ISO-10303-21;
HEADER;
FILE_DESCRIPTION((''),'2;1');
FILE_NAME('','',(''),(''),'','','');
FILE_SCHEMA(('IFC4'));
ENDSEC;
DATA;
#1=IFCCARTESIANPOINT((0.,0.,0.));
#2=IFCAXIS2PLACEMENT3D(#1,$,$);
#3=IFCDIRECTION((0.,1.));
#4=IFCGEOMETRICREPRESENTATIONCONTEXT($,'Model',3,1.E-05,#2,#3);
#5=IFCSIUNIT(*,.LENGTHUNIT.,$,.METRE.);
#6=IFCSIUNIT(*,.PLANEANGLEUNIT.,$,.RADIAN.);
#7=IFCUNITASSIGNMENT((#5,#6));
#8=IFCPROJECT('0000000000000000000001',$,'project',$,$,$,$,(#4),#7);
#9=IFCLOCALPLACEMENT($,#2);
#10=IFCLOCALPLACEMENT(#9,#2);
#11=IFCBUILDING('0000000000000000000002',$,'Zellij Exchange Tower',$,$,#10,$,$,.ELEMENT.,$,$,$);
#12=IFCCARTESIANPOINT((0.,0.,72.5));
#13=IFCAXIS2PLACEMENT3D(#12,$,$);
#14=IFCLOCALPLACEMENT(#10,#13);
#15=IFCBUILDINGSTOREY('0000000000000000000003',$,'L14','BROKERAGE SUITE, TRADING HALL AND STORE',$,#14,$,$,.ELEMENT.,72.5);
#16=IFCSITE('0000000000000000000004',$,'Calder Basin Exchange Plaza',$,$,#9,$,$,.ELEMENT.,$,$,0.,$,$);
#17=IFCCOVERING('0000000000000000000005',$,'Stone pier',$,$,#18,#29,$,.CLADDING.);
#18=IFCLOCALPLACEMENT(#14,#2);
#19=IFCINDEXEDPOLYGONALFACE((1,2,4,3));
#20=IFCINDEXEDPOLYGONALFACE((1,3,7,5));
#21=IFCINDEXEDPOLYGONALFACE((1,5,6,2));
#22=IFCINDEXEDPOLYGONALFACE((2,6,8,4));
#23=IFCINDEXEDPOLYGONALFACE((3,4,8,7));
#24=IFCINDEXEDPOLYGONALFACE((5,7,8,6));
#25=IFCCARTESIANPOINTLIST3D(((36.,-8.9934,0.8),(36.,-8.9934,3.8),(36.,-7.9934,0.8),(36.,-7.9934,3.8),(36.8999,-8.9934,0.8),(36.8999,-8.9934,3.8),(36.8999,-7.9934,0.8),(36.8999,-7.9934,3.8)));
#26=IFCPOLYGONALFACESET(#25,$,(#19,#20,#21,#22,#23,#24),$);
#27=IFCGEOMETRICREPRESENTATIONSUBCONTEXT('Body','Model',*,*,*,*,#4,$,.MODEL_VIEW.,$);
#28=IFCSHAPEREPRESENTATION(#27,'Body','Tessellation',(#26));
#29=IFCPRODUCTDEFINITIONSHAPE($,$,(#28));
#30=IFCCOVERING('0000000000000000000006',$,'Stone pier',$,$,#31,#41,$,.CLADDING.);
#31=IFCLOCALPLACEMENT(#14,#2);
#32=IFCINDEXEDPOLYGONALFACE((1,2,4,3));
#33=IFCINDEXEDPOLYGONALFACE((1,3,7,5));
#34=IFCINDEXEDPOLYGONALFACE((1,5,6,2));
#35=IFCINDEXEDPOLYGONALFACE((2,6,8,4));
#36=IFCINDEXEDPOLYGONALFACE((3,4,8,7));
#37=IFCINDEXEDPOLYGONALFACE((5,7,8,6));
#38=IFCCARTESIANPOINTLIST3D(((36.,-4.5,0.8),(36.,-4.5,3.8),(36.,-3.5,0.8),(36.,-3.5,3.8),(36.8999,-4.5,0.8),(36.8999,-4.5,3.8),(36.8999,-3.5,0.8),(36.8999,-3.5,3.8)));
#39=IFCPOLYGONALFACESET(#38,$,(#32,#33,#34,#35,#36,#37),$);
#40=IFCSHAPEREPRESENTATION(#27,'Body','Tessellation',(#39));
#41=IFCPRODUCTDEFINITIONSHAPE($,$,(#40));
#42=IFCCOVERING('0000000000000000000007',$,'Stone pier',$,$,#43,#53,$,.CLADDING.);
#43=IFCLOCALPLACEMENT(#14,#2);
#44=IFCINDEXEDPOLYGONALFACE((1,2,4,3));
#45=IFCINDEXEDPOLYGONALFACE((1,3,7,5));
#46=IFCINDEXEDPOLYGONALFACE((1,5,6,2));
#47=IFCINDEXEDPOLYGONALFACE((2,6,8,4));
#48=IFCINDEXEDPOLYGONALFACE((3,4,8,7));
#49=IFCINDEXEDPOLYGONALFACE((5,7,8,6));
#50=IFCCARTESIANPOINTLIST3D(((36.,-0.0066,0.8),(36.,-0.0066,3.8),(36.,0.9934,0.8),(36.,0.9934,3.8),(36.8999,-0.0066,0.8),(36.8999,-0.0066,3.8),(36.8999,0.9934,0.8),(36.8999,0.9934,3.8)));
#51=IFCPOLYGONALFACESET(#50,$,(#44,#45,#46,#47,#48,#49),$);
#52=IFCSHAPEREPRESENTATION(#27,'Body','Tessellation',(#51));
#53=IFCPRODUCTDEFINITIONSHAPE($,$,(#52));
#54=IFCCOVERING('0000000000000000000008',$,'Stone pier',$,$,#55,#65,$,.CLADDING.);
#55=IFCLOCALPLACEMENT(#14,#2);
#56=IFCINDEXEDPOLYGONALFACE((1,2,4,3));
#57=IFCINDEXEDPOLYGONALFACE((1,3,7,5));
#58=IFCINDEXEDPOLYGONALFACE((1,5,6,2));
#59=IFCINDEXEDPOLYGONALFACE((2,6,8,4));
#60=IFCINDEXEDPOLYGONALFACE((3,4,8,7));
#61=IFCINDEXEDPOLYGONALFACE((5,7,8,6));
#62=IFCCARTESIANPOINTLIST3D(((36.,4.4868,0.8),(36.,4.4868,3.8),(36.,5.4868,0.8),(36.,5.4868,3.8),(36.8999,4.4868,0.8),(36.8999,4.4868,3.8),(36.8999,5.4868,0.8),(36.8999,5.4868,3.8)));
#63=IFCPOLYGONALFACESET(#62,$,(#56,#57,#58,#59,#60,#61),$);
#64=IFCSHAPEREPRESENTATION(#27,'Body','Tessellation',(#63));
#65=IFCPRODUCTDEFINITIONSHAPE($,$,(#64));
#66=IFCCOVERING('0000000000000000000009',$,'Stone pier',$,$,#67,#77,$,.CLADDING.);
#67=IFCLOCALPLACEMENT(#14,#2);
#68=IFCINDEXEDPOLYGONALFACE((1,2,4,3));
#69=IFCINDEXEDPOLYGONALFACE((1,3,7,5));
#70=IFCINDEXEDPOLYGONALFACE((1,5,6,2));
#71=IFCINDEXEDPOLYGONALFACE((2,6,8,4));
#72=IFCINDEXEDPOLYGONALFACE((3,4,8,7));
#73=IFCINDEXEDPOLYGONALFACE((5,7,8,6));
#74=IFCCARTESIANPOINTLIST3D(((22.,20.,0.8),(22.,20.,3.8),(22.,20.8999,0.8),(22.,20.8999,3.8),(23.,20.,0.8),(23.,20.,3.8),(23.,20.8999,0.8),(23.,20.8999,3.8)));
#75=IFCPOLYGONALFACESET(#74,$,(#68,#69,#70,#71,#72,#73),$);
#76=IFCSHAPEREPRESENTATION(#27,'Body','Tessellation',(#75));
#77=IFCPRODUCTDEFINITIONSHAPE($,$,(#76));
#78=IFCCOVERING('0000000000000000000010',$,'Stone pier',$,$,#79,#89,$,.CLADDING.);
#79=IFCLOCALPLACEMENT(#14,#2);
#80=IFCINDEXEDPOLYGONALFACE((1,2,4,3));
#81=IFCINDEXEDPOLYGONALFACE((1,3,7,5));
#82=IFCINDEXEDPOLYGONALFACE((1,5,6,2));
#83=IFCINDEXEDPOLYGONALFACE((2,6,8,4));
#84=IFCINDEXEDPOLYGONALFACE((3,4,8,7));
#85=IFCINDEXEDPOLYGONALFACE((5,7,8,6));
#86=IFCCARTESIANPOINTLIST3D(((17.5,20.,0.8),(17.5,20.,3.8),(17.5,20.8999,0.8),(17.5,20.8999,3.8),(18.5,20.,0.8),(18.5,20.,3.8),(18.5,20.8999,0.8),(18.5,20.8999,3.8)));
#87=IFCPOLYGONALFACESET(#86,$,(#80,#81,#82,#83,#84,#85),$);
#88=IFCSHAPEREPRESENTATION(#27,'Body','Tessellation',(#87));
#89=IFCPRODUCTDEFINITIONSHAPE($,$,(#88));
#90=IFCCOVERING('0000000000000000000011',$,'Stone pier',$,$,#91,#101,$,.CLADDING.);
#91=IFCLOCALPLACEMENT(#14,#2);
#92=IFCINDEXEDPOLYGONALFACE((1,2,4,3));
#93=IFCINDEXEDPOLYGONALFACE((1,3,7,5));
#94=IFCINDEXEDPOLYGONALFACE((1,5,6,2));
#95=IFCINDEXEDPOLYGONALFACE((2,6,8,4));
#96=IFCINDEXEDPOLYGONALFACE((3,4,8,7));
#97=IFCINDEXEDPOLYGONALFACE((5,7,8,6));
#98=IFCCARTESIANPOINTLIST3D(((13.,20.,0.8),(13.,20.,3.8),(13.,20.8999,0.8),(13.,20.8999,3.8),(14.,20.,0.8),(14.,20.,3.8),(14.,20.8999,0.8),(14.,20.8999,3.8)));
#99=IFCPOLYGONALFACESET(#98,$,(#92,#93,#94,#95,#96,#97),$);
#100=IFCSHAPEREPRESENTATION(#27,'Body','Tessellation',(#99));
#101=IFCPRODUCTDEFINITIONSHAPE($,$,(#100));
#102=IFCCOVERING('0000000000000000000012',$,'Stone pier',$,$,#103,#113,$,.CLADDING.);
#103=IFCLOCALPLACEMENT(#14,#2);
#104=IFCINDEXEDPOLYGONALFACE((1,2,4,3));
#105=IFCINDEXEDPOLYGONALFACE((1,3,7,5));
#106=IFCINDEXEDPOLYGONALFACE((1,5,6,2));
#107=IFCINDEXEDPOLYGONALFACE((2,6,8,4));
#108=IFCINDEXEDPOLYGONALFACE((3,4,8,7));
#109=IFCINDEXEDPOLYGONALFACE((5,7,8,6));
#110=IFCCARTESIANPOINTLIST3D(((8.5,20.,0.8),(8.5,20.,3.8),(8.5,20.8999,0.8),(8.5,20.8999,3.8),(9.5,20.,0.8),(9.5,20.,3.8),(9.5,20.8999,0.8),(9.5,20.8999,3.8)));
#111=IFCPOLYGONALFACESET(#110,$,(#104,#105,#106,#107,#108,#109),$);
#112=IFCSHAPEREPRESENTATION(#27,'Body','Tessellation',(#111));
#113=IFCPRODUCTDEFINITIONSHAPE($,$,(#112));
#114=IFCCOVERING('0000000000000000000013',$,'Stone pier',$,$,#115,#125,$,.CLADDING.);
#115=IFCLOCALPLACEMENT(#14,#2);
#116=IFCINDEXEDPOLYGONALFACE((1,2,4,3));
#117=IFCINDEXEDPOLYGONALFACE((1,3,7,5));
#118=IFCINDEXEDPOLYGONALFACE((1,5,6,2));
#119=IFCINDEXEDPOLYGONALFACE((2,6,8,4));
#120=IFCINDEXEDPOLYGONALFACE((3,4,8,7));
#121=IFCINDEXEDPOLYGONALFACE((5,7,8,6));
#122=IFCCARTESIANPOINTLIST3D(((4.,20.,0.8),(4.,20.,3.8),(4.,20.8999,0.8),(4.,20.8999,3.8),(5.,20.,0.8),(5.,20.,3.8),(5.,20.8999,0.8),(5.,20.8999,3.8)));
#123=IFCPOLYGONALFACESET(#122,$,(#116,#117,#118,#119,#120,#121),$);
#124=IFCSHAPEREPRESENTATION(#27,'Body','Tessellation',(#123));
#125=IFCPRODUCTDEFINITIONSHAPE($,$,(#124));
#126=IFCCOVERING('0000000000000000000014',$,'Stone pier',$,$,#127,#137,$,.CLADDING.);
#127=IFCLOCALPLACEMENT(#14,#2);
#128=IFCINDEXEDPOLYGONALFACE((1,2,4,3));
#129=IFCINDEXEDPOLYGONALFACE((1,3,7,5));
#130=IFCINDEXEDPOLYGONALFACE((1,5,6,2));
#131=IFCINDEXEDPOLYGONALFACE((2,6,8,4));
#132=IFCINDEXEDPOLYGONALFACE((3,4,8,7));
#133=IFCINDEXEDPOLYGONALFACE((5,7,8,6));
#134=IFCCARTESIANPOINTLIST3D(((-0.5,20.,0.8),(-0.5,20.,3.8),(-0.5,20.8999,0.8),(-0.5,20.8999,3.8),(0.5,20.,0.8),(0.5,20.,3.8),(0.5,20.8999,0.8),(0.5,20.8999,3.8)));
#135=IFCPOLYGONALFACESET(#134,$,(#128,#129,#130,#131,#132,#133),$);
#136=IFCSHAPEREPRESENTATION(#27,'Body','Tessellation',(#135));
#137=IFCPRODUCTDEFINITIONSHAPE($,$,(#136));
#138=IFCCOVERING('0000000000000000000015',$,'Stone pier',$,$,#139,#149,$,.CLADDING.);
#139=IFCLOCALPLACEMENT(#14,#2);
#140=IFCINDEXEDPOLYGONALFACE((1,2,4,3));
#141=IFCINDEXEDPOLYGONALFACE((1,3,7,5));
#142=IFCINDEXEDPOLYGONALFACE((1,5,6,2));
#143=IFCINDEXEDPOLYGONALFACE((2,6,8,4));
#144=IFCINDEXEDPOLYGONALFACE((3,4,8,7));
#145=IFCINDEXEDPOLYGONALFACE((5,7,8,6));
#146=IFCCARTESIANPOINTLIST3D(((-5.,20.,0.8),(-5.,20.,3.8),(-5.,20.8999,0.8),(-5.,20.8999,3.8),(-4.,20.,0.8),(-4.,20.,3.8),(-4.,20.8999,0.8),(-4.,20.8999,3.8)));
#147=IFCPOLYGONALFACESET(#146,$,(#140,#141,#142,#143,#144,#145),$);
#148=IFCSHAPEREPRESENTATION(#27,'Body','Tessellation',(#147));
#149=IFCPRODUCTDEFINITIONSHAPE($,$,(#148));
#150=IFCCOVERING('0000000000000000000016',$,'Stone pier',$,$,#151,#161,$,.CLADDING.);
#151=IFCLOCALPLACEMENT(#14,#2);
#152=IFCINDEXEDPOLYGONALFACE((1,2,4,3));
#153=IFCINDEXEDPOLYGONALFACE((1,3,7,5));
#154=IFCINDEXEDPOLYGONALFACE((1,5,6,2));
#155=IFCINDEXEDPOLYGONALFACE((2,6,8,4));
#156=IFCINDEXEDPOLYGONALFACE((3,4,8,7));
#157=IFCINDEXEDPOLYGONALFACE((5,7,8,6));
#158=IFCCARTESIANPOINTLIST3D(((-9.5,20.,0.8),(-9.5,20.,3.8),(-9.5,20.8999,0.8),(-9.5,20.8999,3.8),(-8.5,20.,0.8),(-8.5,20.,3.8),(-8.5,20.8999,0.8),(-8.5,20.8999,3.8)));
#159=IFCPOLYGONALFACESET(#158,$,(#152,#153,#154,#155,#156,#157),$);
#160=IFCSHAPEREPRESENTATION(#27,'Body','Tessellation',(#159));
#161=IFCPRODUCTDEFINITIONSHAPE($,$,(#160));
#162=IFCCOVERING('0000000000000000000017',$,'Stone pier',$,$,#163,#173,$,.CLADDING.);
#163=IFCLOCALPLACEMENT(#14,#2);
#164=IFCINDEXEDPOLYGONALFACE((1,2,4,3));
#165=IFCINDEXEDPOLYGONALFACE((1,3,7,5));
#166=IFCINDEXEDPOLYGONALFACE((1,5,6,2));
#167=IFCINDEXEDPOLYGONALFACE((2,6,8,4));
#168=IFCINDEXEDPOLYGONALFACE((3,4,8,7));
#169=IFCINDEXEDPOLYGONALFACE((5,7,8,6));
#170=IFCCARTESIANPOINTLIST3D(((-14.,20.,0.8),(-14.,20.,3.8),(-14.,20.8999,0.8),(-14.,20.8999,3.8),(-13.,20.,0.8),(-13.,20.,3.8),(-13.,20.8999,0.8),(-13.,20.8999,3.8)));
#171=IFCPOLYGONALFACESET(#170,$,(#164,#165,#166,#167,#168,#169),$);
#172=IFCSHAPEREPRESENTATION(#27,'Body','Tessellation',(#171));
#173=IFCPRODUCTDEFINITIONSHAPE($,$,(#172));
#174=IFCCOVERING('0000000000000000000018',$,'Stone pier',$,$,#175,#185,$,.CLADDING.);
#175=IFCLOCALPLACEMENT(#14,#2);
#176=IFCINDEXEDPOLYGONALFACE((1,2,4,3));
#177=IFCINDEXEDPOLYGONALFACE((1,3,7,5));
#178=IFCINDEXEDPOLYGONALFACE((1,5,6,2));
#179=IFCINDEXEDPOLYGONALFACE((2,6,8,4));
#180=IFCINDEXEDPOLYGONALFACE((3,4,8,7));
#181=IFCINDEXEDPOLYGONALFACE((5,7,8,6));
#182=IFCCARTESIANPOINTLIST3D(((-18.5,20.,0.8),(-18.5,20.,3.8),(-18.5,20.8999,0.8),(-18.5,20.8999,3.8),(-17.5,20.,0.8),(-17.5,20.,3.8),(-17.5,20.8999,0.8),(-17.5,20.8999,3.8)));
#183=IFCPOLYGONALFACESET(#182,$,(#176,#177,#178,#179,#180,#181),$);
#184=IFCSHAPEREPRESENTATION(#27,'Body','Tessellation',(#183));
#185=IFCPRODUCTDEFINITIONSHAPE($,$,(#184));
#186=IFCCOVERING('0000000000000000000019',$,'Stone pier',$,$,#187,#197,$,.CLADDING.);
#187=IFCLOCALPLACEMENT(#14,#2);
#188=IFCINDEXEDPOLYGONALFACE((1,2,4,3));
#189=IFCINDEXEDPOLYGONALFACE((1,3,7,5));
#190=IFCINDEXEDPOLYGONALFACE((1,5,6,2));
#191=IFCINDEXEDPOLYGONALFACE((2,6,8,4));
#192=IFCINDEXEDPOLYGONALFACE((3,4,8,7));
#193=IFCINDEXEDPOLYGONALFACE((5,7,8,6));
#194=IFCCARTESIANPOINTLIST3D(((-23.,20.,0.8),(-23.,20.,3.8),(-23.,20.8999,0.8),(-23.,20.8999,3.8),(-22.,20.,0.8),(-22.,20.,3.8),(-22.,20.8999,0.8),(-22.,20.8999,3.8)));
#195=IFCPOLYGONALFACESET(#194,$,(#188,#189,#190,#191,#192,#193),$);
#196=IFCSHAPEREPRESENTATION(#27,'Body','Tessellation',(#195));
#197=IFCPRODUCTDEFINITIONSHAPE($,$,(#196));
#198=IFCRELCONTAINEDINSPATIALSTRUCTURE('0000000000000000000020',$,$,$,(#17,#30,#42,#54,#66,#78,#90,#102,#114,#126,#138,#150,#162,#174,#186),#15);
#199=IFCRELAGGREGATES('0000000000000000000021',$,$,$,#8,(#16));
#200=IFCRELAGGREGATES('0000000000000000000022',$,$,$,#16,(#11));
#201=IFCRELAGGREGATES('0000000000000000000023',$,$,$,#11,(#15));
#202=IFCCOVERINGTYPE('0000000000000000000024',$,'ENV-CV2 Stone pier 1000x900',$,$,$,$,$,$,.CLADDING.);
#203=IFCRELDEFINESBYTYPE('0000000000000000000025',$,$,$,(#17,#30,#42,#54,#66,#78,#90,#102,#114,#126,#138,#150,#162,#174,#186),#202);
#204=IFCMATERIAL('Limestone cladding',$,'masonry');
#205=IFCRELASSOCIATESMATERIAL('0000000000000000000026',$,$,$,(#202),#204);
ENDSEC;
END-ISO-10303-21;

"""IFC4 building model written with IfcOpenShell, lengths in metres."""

from ifc_helpers import new_model, si_unit, direction, frame, origin, place, context, subcontext, project, spatial, polyline, outline, extrude, material, type_object, element, save


model = new_model("IFC4")

# Units and contexts
model_context = context("Model", 3, precision=1e-05, world=origin(), true_north=direction((0.0, 1.0)))
body_context = subcontext(model_context, "Body", "Model", "MODEL_VIEW")
ifc_project = project(units=[si_unit("LENGTHUNIT", "METRE"), si_unit("PLANEANGLEUNIT", "RADIAN")], contexts=[model_context])

# Site, building, storey
site_placement = place(None, origin())
site = spatial("IfcSite", under=ifc_project, at=site_placement, Name="Calder Basin Exchange Plaza", CompositionType="ELEMENT", RefElevation=0.0)
building_placement = place(site_placement, origin())
building = spatial("IfcBuilding", under=site, at=building_placement, Name="Zellij Exchange Tower", CompositionType="ELEMENT")
storey_placement = place(building_placement, frame((0.0, 0.0, 72.5)))
storey = spatial("IfcBuildingStorey", under=building, at=storey_placement, Name="L14", Description="BROKERAGE SUITE, TRADING HALL AND STORE", CompositionType="ELEMENT", Elevation=72.5)

# Coverings
ifc_material_1 = material(Name="Limestone cladding", Category="masonry")
covering_type_1 = type_object("IfcCoveringType", Name="ENV-CV2 Stone pier 1000x900", PredefinedType="CLADDING", material=ifc_material_1)
covering_1_placement = place(storey_placement, frame((0.0, 0.0, 0.8)))
element("IfcCovering", 1, at=covering_1_placement, inside=storey, type_object=covering_type_1, Name="Stone pier", PredefinedType="CLADDING", context=body_context, shape_type="SweptSolid", body=[
    extrude(outline(polyline([(36.0, -8.9934), (36.0, -7.9934), (36.8999, -7.9934), (36.8999, -8.9934), (36.0, -8.9934)])), origin(), (0.0, 0.0, 1.0), 3.0),
])
covering_2_placement = place(storey_placement, frame((0.0, 0.0, 0.8)))
element("IfcCovering", 2, at=covering_2_placement, inside=storey, type_object=covering_type_1, Name="Stone pier", PredefinedType="CLADDING", context=body_context, shape_type="SweptSolid", body=[
    extrude(outline(polyline([(36.0, -4.5), (36.0, -3.5), (36.8999, -3.5), (36.8999, -4.5), (36.0, -4.5)])), origin(), (0.0, 0.0, 1.0), 3.0),
])
covering_3_placement = place(storey_placement, frame((0.0, 0.0, 0.8)))
element("IfcCovering", 3, at=covering_3_placement, inside=storey, type_object=covering_type_1, Name="Stone pier", PredefinedType="CLADDING", context=body_context, shape_type="SweptSolid", body=[
    extrude(outline(polyline([(36.0, -0.0066), (36.0, 0.9934), (36.8999, 0.9934), (36.8999, -0.0066), (36.0, -0.0066)])), origin(), (0.0, 0.0, 1.0), 3.0),
])
covering_4_placement = place(storey_placement, frame((0.0, 0.0, 0.8)))
element("IfcCovering", 4, at=covering_4_placement, inside=storey, type_object=covering_type_1, Name="Stone pier", PredefinedType="CLADDING", context=body_context, shape_type="SweptSolid", body=[
    extrude(outline(polyline([(36.0, 4.4868), (36.0, 5.4868), (36.8999, 5.4868), (36.8999, 4.4868), (36.0, 4.4868)])), origin(), (0.0, 0.0, 1.0), 3.0),
])
covering_5_placement = place(storey_placement, frame((0.0, 0.0, 0.8)))
element("IfcCovering", 5, at=covering_5_placement, inside=storey, type_object=covering_type_1, Name="Stone pier", PredefinedType="CLADDING", context=body_context, shape_type="SweptSolid", body=[
    extrude(outline(polyline([(23.0, 20.0), (22.0, 20.0), (22.0, 20.8999), (23.0, 20.8999), (23.0, 20.0)])), origin(), (0.0, 0.0, 1.0), 3.0),
])
covering_6_placement = place(storey_placement, frame((0.0, 0.0, 0.8)))
element("IfcCovering", 6, at=covering_6_placement, inside=storey, type_object=covering_type_1, Name="Stone pier", PredefinedType="CLADDING", context=body_context, shape_type="SweptSolid", body=[
    extrude(outline(polyline([(18.5, 20.0), (17.5, 20.0), (17.5, 20.8999), (18.5, 20.8999), (18.5, 20.0)])), origin(), (0.0, 0.0, 1.0), 3.0),
])
covering_7_placement = place(storey_placement, frame((0.0, 0.0, 0.8)))
element("IfcCovering", 7, at=covering_7_placement, inside=storey, type_object=covering_type_1, Name="Stone pier", PredefinedType="CLADDING", context=body_context, shape_type="SweptSolid", body=[
    extrude(outline(polyline([(14.0, 20.0), (13.0, 20.0), (13.0, 20.8999), (14.0, 20.8999), (14.0, 20.0)])), origin(), (0.0, 0.0, 1.0), 3.0),
])
covering_8_placement = place(storey_placement, frame((0.0, 0.0, 0.8)))
element("IfcCovering", 8, at=covering_8_placement, inside=storey, type_object=covering_type_1, Name="Stone pier", PredefinedType="CLADDING", context=body_context, shape_type="SweptSolid", body=[
    extrude(outline(polyline([(9.5, 20.0), (8.5, 20.0), (8.5, 20.8999), (9.5, 20.8999), (9.5, 20.0)])), origin(), (0.0, 0.0, 1.0), 3.0),
])
covering_9_placement = place(storey_placement, frame((0.0, 0.0, 0.8)))
element("IfcCovering", 9, at=covering_9_placement, inside=storey, type_object=covering_type_1, Name="Stone pier", PredefinedType="CLADDING", context=body_context, shape_type="SweptSolid", body=[
    extrude(outline(polyline([(5.0, 20.0), (4.0, 20.0), (4.0, 20.8999), (5.0, 20.8999), (5.0, 20.0)])), origin(), (0.0, 0.0, 1.0), 3.0),
])
covering_10_placement = place(storey_placement, frame((0.0, 0.0, 0.8)))
element("IfcCovering", 10, at=covering_10_placement, inside=storey, type_object=covering_type_1, Name="Stone pier", PredefinedType="CLADDING", context=body_context, shape_type="SweptSolid", body=[
    extrude(outline(polyline([(0.5, 20.0), (-0.5, 20.0), (-0.5, 20.8999), (0.5, 20.8999), (0.5, 20.0)])), origin(), (0.0, 0.0, 1.0), 3.0),
])
covering_11_placement = place(storey_placement, frame((0.0, 0.0, 0.8)))
element("IfcCovering", 11, at=covering_11_placement, inside=storey, type_object=covering_type_1, Name="Stone pier", PredefinedType="CLADDING", context=body_context, shape_type="SweptSolid", body=[
    extrude(outline(polyline([(-4.0, 20.0), (-5.0, 20.0), (-5.0, 20.8999), (-4.0, 20.8999), (-4.0, 20.0)])), origin(), (0.0, 0.0, 1.0), 3.0),
])
covering_12_placement = place(storey_placement, frame((0.0, 0.0, 0.8)))
element("IfcCovering", 12, at=covering_12_placement, inside=storey, type_object=covering_type_1, Name="Stone pier", PredefinedType="CLADDING", context=body_context, shape_type="SweptSolid", body=[
    extrude(outline(polyline([(-8.5, 20.0), (-9.5, 20.0), (-9.5, 20.8999), (-8.5, 20.8999), (-8.5, 20.0)])), origin(), (0.0, 0.0, 1.0), 3.0),
])
covering_13_placement = place(storey_placement, frame((0.0, 0.0, 0.8)))
element("IfcCovering", 13, at=covering_13_placement, inside=storey, type_object=covering_type_1, Name="Stone pier", PredefinedType="CLADDING", context=body_context, shape_type="SweptSolid", body=[
    extrude(outline(polyline([(-13.0, 20.0), (-14.0, 20.0), (-14.0, 20.8999), (-13.0, 20.8999), (-13.0, 20.0)])), origin(), (0.0, 0.0, 1.0), 3.0),
])
covering_14_placement = place(storey_placement, frame((0.0, 0.0, 0.8)))
element("IfcCovering", 14, at=covering_14_placement, inside=storey, type_object=covering_type_1, Name="Stone pier", PredefinedType="CLADDING", context=body_context, shape_type="SweptSolid", body=[
    extrude(outline(polyline([(-17.5, 20.0), (-18.5, 20.0), (-18.5, 20.8999), (-17.5, 20.8999), (-17.5, 20.0)])), origin(), (0.0, 0.0, 1.0), 3.0),
])
covering_15_placement = place(storey_placement, frame((0.0, 0.0, 0.8)))
element("IfcCovering", 15, at=covering_15_placement, inside=storey, type_object=covering_type_1, Name="Stone pier", PredefinedType="CLADDING", context=body_context, shape_type="SweptSolid", body=[
    extrude(outline(polyline([(-22.0, 20.0), (-23.0, 20.0), (-23.0, 20.8999), (-22.0, 20.8999), (-22.0, 20.0)])), origin(), (0.0, 0.0, 1.0), 3.0),
])

save(model, "model.ifc")
